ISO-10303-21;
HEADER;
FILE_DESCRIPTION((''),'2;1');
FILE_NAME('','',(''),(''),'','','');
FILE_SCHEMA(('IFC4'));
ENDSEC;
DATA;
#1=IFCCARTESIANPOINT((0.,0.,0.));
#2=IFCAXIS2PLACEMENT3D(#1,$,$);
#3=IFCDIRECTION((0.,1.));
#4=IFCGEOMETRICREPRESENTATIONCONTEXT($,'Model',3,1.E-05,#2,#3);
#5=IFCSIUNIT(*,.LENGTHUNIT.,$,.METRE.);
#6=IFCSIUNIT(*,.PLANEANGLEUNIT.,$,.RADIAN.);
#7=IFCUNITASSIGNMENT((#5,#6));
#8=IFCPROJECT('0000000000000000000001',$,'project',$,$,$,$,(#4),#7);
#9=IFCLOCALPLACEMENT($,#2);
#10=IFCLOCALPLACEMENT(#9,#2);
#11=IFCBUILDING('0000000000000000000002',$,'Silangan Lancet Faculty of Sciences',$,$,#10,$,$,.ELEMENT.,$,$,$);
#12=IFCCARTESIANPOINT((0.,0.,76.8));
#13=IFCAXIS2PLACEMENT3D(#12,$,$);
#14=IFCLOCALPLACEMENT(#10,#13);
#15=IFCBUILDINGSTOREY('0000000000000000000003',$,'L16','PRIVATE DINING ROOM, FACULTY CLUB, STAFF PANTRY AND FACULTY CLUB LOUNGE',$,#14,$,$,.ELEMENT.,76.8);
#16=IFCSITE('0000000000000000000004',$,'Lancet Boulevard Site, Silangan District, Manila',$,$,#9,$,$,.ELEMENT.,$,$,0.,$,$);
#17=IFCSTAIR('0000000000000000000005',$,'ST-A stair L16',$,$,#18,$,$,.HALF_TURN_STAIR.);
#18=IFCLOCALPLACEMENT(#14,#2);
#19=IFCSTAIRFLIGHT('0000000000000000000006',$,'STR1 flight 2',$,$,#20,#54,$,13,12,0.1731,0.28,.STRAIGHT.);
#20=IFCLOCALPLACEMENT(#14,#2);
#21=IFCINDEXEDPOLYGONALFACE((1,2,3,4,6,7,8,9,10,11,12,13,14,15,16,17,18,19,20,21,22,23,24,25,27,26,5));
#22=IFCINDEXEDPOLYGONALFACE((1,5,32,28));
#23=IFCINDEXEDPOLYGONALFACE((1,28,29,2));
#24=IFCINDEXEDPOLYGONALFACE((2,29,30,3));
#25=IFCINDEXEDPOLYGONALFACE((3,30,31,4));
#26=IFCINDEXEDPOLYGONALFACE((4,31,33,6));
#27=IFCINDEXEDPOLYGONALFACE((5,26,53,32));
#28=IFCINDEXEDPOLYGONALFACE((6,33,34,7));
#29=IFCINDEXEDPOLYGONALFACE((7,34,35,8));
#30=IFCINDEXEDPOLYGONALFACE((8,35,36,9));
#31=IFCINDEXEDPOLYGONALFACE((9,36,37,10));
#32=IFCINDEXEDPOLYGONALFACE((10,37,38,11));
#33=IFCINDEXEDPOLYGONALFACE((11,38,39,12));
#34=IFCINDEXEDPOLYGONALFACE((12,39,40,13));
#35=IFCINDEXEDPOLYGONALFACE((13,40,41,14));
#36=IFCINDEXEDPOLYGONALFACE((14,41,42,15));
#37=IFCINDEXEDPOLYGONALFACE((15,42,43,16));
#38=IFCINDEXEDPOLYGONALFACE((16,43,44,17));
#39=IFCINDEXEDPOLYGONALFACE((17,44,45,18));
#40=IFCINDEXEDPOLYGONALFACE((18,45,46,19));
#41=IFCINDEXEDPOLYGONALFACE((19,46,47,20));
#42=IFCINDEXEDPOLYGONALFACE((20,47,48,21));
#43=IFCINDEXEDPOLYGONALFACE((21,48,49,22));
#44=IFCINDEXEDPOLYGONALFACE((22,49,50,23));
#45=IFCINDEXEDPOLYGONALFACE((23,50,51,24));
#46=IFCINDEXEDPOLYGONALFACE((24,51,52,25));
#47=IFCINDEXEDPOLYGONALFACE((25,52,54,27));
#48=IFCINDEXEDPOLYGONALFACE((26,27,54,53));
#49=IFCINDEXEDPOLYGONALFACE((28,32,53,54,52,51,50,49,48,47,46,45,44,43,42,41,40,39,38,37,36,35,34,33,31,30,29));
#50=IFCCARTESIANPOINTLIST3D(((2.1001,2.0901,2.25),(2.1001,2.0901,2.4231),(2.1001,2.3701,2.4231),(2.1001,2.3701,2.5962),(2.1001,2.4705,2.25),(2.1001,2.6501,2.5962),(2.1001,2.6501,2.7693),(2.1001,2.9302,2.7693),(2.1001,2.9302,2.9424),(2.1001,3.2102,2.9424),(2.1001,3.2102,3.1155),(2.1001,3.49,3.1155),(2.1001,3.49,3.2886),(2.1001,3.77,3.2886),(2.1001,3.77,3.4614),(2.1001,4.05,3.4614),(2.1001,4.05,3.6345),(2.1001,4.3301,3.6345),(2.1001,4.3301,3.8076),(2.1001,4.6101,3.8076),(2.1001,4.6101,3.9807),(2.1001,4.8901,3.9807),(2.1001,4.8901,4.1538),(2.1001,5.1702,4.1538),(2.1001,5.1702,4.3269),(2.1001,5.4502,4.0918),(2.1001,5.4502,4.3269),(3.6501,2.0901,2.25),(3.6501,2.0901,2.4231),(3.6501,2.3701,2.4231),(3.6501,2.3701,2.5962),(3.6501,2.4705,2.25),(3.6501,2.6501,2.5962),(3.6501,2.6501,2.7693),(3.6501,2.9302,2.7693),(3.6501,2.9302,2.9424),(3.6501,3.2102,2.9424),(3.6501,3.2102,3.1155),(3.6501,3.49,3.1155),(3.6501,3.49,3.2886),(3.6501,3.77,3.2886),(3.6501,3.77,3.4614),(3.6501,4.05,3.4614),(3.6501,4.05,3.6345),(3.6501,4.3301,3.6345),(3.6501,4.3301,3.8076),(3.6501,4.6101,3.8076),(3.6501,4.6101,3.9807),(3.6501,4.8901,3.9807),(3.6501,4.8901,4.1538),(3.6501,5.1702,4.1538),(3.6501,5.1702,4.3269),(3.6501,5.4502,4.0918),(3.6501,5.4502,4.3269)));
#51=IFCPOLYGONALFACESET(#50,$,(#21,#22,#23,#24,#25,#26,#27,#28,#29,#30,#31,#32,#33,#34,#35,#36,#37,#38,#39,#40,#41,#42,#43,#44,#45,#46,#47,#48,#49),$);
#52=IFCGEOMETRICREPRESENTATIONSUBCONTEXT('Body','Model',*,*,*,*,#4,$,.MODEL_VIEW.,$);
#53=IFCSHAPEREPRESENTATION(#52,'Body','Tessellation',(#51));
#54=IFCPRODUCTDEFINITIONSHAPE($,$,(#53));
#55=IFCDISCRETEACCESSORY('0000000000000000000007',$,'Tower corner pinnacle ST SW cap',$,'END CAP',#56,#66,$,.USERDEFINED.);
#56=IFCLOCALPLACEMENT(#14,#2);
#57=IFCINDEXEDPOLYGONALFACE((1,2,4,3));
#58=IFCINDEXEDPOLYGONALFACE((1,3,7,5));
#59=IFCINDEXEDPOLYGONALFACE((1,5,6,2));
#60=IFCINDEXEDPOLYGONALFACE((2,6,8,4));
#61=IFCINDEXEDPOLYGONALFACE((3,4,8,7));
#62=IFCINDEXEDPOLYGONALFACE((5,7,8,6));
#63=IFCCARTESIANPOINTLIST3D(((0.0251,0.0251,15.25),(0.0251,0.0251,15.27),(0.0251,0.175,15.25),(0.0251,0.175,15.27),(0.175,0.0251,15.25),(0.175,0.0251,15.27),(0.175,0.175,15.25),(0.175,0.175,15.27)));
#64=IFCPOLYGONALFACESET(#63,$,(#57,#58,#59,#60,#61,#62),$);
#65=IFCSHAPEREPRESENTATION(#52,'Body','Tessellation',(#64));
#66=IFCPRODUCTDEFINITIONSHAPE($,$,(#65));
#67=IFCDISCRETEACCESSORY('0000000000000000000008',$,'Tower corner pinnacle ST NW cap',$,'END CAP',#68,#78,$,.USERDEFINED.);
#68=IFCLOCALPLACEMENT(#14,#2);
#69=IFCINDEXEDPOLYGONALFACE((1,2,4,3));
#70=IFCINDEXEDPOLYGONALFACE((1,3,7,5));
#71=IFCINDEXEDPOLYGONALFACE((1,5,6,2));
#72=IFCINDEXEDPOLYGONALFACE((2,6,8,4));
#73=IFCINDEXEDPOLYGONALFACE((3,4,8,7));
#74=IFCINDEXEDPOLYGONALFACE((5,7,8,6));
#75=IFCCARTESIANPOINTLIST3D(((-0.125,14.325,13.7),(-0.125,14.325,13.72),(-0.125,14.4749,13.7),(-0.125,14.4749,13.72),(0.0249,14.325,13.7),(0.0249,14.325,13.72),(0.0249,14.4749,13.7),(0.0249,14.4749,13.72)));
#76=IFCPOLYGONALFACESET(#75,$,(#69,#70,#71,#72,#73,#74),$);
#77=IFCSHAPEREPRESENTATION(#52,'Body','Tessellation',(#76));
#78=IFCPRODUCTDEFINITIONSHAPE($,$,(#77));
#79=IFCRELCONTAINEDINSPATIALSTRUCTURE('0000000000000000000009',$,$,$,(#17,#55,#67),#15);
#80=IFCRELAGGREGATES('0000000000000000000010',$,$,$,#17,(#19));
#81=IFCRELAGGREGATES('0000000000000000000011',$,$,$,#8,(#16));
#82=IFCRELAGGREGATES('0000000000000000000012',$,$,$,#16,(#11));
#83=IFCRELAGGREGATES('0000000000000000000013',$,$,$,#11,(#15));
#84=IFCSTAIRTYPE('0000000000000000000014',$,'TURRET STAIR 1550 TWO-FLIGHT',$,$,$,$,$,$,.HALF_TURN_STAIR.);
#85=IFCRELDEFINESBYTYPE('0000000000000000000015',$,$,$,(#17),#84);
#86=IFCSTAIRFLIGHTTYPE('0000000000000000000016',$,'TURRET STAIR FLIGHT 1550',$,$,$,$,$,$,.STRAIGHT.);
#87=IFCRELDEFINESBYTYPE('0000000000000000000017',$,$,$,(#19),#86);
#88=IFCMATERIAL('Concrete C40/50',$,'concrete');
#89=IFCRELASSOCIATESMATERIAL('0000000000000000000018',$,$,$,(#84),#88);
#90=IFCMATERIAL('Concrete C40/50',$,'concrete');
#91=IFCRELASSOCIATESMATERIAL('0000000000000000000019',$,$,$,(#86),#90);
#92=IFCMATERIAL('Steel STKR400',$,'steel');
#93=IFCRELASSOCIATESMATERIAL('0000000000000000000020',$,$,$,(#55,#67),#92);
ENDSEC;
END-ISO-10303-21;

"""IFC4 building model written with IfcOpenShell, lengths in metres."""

from ifc_helpers import new_model, si_unit, direction, frame, origin, origin_2d, place, context, subcontext, project, spatial, polyline, rectangle, outline, extrude, material, type_object, element, aggregate, save


model = new_model("IFC4")

# Units and contexts
model_context = context("Model", 3, precision=1e-05, world=origin(), true_north=direction((0.0, 1.0)))
body_context = subcontext(model_context, "Body", "Model", "MODEL_VIEW")
ifc_project = project(units=[si_unit("LENGTHUNIT", "METRE"), si_unit("PLANEANGLEUNIT", "RADIAN")], contexts=[model_context])

# Site, building, storey
site_placement = place(None, origin())
site = spatial("IfcSite", under=ifc_project, at=site_placement, Name="Lancet Boulevard Site, Silangan District, Manila", CompositionType="ELEMENT", RefElevation=0.0)
building_placement = place(site_placement, origin())
building = spatial("IfcBuilding", under=site, at=building_placement, Name="Silangan Lancet Faculty of Sciences", CompositionType="ELEMENT")
storey_placement = place(building_placement, frame((0.0, 0.0, 76.8)))
storey = spatial("IfcBuildingStorey", under=building, at=storey_placement, Name="L16", Description="PRIVATE DINING ROOM, FACULTY CLUB, STAFF PANTRY AND FACULTY CLUB LOUNGE", CompositionType="ELEMENT", Elevation=76.8)

# Stair
ifc_material_1 = material(Name="Concrete C40/50", Category="concrete")
stair_type = type_object("IfcStairType", Name="TURRET STAIR 1550 TWO-FLIGHT", PredefinedType="HALF_TURN_STAIR", material=ifc_material_1)
stair_1_placement = place(storey_placement, origin())
stair_1 = element("IfcStair", 1, at=stair_1_placement, inside=storey, type_object=stair_type, Name="ST-A stair L16", PredefinedType="HALF_TURN_STAIR")

# Stair flight
ifc_material_2 = material(Name="Concrete C40/50", Category="concrete")
stair_flight_type = type_object("IfcStairFlightType", Name="TURRET STAIR FLIGHT 1550", PredefinedType="STRAIGHT", material=ifc_material_2)
stair_flight_placement = place(storey_placement, frame((2.875, 2.0901, 2.25), z_axis=(0.0, 0.0, 1.0), x_axis=(0.0, 1.0, 0.0)))
stair_flight = element("IfcStairFlight", 2, at=stair_flight_placement, type_object=stair_flight_type, Name="STR1 flight 2", NumberOfRisers=13, NumberOfTreads=12, PredefinedType="STRAIGHT", RiserHeight=0.1731, TreadLength=0.28, context=body_context, shape_type="SweptSolid", body=[
    extrude(outline(polyline([(0.0, 0.0), (0.0, 0.1731), (0.28, 0.1731), (0.28, 0.3462), (0.5601, 0.3462), (0.5601, 0.5193), (0.8401, 0.5193), (0.8401, 0.6924), (1.1201, 0.6924), (1.1201, 0.8655), (1.3999, 0.8655), (1.3999, 1.0386), (1.6799, 1.0386), (1.6799, 1.2114), (1.96, 1.2114), (1.96, 1.3845), (2.24, 1.3845), (2.24, 1.5576), (2.52, 1.5576), (2.52, 1.7307), (2.8, 1.7307), (2.8, 1.9038), (3.0801, 1.9038), (3.0801, 2.0769), (3.3601, 2.0769), (3.3601, 2.25), (3.3601, 1.8418), (0.3804, 0.0), (0.0, 0.0)])), frame((0.0, 0.7749, 0.0), z_axis=(0.0, -1.0, 0.0), x_axis=(1.0, 0.0, 0.0)), (0.0, 0.0, 1.0), 1.55),
])
aggregate(stair_1, [stair_flight])

# Discrete accessories
ifc_material_3 = material(Name="Steel STKR400", Category="steel")
for number, where, z_axis, x_axis, name in (
    (3, (0.1001, 0.1001, 15.25), (0.0, 0.0, 1.0), (1.0, 0.0, 0.0), "Tower corner pinnacle ST SW cap"),
    (4, (-0.05, 14.3999, 13.7), (0.0, 0.0, 1.0), (1.0, 0.0, 0.0), "Tower corner pinnacle ST NW cap"),
):
    element("IfcDiscreteAccessory", number, at=place(storey_placement, frame(where, z_axis=z_axis, x_axis=x_axis)), inside=storey, material=ifc_material_3, Name=name, ObjectType="END CAP", PredefinedType="USERDEFINED", context=body_context, shape_type="SweptSolid", body=[
        extrude(rectangle(XDim=0.1499, YDim=0.1499, at=origin_2d()), origin(), (0.0, 0.0, 1.0), 0.02),
    ])

save(model, "model.ifc")
